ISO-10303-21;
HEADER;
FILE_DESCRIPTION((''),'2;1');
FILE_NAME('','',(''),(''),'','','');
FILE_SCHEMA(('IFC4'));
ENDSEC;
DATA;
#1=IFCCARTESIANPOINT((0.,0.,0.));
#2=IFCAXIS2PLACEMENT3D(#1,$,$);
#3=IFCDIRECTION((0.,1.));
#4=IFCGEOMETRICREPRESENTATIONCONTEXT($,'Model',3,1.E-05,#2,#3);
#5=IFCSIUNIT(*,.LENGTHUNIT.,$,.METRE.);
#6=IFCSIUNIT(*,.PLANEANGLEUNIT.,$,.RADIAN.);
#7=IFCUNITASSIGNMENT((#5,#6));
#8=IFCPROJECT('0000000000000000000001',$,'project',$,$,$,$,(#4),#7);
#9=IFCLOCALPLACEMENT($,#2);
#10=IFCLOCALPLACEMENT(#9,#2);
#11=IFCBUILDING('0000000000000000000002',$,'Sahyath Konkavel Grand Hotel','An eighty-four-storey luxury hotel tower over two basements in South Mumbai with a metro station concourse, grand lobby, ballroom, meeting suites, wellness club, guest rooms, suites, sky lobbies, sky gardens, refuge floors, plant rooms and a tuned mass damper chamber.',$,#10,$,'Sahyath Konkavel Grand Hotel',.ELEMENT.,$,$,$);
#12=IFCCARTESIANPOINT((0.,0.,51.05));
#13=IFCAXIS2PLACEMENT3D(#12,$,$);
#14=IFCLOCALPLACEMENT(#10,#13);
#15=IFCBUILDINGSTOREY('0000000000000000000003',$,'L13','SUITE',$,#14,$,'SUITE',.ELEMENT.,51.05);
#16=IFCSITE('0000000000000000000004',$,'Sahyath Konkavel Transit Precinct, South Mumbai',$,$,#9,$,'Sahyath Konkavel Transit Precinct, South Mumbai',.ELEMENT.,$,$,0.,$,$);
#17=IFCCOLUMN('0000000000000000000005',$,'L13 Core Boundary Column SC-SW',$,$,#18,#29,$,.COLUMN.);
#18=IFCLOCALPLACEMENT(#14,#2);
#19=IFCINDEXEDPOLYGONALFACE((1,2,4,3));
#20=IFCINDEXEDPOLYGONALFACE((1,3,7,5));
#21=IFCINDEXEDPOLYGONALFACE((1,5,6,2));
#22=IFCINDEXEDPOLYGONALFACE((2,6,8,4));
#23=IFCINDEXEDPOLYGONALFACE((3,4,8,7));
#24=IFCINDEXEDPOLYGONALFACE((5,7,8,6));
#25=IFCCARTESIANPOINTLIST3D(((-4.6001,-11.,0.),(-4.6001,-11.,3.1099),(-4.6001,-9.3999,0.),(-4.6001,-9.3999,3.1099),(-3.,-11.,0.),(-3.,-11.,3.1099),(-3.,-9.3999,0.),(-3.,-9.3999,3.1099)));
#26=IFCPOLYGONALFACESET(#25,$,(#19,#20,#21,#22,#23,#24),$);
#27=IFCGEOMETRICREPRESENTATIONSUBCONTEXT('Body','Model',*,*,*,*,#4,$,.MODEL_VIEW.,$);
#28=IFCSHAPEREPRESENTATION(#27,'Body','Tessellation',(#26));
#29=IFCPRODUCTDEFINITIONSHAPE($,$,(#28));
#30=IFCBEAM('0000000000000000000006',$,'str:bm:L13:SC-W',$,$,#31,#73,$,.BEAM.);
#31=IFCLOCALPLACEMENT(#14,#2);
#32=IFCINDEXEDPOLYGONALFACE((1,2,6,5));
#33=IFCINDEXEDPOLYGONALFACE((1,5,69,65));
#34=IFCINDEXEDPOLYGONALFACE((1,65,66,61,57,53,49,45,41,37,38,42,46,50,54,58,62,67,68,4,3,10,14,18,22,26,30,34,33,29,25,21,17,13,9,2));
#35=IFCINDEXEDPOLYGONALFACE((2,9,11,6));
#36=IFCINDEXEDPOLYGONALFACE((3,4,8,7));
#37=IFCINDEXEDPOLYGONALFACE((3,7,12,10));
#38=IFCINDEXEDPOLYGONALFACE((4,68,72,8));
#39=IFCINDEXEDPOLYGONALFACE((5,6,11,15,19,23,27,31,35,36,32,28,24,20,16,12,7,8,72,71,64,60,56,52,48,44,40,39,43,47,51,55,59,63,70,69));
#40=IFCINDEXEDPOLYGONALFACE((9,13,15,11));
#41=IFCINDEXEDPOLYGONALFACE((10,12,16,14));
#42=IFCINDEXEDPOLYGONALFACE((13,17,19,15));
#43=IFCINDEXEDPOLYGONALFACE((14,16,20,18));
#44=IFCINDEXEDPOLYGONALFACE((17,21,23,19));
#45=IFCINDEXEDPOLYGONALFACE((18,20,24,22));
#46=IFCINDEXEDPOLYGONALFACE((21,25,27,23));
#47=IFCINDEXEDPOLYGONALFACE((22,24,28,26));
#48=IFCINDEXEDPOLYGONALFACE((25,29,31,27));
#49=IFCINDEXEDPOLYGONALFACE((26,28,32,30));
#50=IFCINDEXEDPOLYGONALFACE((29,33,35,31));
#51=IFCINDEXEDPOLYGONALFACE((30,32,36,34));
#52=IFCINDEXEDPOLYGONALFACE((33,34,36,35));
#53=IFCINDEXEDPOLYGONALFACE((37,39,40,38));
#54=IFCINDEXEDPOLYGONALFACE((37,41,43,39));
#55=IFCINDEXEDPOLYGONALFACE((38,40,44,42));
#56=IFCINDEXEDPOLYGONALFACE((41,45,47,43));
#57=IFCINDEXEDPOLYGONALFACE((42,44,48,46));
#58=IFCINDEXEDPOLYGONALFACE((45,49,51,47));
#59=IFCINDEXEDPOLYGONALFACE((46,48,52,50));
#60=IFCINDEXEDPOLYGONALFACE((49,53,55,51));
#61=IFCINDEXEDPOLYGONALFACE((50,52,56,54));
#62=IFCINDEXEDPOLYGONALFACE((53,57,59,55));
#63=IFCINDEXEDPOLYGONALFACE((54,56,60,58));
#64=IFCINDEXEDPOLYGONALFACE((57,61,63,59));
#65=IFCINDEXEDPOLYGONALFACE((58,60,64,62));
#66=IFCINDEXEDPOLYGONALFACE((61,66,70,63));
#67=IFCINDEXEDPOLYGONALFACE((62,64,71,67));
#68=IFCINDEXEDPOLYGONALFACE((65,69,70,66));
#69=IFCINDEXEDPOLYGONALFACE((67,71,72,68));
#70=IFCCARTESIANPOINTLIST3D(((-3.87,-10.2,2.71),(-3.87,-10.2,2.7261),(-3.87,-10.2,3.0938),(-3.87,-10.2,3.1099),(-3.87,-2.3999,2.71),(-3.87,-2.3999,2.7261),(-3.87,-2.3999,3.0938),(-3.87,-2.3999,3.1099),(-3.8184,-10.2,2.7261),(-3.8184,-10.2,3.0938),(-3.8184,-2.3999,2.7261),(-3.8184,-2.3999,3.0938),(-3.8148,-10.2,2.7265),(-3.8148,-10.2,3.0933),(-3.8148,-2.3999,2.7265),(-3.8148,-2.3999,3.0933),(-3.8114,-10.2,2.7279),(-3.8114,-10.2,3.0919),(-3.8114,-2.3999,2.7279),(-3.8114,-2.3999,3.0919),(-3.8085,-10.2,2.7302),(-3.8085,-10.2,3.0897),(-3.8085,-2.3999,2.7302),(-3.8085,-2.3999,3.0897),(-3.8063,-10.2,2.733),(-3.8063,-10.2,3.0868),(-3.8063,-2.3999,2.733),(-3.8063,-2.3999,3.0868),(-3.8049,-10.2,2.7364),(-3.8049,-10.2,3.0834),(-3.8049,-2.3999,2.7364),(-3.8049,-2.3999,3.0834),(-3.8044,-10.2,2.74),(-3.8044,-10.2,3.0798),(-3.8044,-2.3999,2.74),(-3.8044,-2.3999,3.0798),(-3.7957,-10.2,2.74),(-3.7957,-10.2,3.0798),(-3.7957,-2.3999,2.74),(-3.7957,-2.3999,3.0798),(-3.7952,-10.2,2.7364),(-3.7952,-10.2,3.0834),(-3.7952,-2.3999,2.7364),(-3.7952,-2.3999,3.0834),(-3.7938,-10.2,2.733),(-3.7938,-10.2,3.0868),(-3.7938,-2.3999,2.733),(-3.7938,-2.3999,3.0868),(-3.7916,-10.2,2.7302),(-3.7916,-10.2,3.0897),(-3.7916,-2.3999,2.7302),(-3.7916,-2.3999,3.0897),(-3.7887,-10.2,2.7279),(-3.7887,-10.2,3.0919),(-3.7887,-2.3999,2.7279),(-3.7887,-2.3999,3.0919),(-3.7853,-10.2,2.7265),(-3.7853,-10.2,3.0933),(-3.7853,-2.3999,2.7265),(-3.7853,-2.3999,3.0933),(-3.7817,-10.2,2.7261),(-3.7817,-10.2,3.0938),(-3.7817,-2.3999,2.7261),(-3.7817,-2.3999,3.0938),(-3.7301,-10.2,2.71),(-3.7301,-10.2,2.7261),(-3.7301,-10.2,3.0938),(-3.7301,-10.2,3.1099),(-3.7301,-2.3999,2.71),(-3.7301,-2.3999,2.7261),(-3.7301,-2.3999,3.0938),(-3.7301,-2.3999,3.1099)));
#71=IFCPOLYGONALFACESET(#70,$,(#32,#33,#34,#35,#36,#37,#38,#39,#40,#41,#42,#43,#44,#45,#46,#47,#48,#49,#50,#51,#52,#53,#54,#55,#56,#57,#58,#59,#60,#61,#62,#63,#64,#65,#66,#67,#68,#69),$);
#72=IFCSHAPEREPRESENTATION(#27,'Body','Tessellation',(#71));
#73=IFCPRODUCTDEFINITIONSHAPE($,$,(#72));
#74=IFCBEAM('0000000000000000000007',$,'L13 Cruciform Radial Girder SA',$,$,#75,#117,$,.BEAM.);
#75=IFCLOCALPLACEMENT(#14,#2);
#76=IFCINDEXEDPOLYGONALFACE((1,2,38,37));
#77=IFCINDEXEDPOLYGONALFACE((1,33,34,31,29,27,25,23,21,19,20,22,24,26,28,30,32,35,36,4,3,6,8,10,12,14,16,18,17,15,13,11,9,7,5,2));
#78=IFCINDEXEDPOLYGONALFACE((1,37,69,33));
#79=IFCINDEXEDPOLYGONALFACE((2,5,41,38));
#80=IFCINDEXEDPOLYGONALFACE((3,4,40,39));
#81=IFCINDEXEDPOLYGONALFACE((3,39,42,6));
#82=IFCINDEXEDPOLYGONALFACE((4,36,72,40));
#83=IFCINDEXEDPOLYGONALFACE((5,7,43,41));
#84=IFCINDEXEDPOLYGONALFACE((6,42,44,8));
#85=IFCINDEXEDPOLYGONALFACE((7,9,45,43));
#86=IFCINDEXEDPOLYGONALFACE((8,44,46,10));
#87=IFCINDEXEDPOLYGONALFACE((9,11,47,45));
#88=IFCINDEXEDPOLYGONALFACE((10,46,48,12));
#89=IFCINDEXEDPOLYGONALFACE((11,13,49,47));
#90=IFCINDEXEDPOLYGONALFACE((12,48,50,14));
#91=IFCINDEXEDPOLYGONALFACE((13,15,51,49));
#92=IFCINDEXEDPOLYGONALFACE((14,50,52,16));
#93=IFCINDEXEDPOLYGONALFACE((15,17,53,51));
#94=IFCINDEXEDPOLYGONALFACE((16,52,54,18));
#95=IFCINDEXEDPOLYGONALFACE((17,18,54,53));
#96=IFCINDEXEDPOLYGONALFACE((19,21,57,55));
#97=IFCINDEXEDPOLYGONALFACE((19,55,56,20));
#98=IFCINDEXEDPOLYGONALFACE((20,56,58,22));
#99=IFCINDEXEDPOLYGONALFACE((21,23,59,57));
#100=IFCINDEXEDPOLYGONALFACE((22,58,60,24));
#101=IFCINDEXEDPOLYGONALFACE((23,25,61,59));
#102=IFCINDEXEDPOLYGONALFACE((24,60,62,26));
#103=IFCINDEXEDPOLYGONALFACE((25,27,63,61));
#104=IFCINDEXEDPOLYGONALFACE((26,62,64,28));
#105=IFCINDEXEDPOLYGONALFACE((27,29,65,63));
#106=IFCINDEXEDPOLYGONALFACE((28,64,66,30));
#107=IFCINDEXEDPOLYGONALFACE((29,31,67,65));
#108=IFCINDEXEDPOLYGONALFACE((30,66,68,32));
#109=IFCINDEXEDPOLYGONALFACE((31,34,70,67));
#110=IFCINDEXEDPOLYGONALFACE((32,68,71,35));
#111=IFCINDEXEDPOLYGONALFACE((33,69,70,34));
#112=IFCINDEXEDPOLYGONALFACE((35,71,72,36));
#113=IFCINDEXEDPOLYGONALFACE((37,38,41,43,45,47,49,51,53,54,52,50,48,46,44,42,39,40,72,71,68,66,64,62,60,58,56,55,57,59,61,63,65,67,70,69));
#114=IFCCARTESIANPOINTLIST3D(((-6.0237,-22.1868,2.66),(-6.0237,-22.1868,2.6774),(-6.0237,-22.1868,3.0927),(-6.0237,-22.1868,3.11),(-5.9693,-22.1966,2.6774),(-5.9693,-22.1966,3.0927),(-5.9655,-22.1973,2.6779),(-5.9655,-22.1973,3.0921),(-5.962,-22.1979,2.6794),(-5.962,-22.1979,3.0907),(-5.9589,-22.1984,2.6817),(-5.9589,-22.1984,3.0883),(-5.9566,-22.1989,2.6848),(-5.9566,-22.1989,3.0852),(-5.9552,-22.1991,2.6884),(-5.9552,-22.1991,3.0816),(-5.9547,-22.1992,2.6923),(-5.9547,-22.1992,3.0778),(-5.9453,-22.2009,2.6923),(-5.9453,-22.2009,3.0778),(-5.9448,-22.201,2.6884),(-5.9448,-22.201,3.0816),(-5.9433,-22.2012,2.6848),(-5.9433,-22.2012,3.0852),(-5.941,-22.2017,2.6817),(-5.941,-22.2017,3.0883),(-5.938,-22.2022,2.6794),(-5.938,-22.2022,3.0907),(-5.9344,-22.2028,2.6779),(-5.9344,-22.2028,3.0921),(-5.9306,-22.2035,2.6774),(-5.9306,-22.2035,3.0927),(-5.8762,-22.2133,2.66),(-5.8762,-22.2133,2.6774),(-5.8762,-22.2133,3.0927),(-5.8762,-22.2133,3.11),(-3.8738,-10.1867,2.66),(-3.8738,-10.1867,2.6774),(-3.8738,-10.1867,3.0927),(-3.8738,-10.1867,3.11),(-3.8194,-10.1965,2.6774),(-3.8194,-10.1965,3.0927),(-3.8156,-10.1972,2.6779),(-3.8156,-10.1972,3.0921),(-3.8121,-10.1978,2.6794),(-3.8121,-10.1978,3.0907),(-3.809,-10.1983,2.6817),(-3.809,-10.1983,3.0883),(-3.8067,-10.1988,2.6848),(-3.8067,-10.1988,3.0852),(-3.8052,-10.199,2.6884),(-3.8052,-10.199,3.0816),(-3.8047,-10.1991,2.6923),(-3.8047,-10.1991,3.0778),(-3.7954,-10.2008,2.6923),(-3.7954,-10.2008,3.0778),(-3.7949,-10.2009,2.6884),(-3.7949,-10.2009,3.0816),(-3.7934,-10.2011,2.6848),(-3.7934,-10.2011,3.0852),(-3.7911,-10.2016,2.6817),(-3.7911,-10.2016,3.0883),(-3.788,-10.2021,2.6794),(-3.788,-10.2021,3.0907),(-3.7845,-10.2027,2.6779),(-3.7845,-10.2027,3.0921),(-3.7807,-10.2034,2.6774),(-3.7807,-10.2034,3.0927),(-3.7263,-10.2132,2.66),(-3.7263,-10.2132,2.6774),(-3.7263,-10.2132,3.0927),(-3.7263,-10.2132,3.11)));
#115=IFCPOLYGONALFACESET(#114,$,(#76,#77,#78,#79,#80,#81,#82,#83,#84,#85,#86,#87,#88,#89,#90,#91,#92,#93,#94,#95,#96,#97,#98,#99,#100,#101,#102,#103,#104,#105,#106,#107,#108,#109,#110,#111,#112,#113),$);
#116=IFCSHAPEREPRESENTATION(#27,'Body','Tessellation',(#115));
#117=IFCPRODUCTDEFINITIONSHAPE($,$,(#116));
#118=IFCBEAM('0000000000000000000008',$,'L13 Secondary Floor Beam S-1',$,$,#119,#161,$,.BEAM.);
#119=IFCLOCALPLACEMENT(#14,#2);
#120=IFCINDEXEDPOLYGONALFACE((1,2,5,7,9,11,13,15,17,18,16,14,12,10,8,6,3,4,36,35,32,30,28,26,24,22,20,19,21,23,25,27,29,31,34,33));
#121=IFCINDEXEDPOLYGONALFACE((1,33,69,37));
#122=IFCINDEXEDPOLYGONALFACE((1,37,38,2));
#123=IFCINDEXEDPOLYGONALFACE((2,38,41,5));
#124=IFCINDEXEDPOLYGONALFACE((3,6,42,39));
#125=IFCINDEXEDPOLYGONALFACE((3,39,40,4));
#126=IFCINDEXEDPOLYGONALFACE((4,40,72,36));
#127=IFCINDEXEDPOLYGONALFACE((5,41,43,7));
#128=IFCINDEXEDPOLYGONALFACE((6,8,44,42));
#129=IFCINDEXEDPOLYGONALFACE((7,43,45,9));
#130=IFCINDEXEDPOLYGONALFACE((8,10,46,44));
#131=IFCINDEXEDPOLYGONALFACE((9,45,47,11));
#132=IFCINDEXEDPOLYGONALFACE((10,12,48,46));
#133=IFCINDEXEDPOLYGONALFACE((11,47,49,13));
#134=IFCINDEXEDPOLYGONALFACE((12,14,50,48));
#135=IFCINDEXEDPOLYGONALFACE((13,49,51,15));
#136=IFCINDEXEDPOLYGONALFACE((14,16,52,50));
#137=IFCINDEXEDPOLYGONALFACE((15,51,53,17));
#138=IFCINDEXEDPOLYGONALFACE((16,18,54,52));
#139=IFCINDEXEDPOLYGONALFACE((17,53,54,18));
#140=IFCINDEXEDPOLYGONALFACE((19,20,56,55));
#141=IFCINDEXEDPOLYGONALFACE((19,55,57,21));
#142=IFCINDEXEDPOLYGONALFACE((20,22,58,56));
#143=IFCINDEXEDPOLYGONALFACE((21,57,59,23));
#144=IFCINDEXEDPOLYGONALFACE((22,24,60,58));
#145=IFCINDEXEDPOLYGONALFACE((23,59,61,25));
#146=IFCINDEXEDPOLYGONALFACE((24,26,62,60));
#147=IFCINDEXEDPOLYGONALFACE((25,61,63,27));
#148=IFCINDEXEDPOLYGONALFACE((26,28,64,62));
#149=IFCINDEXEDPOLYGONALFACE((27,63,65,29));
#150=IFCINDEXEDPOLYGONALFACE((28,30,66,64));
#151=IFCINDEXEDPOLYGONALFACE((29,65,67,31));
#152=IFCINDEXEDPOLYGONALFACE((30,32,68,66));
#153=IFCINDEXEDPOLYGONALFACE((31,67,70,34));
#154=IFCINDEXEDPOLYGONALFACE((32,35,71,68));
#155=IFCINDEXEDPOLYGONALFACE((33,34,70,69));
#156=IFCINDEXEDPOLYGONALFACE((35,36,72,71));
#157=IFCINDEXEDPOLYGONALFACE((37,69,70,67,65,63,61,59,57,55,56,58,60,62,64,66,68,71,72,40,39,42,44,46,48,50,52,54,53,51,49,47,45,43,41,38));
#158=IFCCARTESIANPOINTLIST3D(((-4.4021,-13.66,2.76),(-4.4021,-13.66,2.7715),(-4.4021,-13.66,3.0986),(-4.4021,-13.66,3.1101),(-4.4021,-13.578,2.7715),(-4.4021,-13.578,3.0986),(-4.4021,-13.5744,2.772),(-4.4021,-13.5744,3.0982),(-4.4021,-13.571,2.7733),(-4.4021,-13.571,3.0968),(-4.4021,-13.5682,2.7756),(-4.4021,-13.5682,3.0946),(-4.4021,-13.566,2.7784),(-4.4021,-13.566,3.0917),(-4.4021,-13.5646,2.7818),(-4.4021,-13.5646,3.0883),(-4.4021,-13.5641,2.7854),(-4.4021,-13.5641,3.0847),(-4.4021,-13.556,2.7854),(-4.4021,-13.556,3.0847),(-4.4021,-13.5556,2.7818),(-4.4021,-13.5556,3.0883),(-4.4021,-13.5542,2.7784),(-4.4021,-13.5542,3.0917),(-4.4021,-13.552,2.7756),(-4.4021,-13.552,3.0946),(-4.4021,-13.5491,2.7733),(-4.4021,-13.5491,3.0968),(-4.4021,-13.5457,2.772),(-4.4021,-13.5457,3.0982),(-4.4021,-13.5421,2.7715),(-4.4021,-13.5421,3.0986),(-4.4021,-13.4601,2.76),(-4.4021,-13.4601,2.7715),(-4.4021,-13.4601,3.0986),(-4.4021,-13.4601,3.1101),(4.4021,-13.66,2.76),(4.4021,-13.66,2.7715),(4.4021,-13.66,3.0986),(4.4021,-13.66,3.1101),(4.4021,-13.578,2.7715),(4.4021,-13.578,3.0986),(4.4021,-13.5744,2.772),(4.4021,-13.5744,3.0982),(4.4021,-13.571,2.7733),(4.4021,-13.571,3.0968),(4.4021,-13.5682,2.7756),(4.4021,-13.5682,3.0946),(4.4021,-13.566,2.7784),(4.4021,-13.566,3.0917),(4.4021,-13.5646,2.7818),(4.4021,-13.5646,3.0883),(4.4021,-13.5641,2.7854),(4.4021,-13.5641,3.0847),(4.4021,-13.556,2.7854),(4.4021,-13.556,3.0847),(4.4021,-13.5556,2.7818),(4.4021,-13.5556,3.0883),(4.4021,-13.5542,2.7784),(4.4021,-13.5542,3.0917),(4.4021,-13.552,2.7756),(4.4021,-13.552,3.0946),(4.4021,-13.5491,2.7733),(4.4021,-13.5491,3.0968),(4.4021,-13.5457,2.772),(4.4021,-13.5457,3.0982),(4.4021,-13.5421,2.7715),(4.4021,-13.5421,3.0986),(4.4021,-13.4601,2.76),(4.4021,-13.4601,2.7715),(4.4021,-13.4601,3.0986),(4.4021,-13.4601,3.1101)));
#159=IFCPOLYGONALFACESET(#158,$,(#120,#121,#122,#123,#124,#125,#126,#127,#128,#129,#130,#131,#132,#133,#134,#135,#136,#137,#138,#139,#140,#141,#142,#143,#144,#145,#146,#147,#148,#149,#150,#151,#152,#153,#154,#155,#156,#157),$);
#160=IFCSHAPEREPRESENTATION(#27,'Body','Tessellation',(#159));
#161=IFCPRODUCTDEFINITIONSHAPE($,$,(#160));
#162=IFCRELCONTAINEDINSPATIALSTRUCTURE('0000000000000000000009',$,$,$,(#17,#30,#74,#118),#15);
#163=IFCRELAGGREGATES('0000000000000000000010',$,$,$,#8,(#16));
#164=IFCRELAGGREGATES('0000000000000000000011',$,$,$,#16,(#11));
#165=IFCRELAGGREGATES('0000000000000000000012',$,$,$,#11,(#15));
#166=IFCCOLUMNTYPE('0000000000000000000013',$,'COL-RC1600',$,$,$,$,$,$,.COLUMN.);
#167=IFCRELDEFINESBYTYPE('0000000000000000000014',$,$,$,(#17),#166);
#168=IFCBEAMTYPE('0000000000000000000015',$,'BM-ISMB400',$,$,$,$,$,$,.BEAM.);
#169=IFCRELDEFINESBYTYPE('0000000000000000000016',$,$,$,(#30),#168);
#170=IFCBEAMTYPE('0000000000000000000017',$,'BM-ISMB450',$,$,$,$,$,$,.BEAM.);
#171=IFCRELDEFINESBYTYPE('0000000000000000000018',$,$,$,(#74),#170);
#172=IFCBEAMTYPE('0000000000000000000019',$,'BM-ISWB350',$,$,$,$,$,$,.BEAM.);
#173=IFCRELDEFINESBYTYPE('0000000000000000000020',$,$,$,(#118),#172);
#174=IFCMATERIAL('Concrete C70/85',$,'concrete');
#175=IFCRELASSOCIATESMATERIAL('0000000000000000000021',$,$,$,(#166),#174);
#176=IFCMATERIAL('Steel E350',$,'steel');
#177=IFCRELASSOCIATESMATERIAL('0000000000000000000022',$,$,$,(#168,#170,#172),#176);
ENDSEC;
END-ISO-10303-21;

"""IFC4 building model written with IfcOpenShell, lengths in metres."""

from ifc_helpers import new_model, si_unit, direction, frame, origin, origin_2d, place, context, subcontext, project, spatial, rectangle, i_section, extrude, source, transform, mapped, material, material_profile, profile_set, type_object, element, save


model = new_model("IFC4")

# Units and contexts
model_context = context("Model", 3, precision=1e-05, world=origin(), true_north=direction((0.0, 1.0)))
body_context = subcontext(model_context, "Body", "Model", "MODEL_VIEW")
ifc_project = project(units=[si_unit("LENGTHUNIT", "METRE"), si_unit("PLANEANGLEUNIT", "RADIAN")], contexts=[model_context])

# Site, building, storey
site_placement = place(None, origin())
site = spatial("IfcSite", under=ifc_project, at=site_placement, Name="Sahyath Konkavel Transit Precinct, South Mumbai", LongName="Sahyath Konkavel Transit Precinct, South Mumbai", CompositionType="ELEMENT", RefElevation=0.0)
building_placement = place(site_placement, origin())
building = spatial("IfcBuilding", under=site, at=building_placement, Name="Sahyath Konkavel Grand Hotel", Description="An eighty-four-storey luxury hotel tower over two basements in South Mumbai with a metro station concourse, grand lobby, ballroom, meeting suites, wellness club, guest rooms, suites, sky lobbies, sky gardens, refuge floors, plant rooms and a tuned mass damper chamber.", LongName="Sahyath Konkavel Grand Hotel", CompositionType="ELEMENT")
storey_placement = place(building_placement, frame((0.0, 0.0, 51.05)))
storey = spatial("IfcBuildingStorey", under=building, at=storey_placement, Name="L13", Description="SUITE", LongName="SUITE", CompositionType="ELEMENT", Elevation=51.05)

# Column
ifc_material_1 = material(Name="Concrete C70/85", Category="concrete")
ifc_material_profile_1 = material_profile(ifc_material_1, rectangle(XDim=1.6001, YDim=1.6001, at=origin_2d()), Name="RC 1600x1600")
ifc_profile_set_1 = profile_set([ifc_material_profile_1], Name="Concrete C70/85")
column_type = type_object("IfcColumnType", Name="COL-RC1600", PredefinedType="COLUMN", material=ifc_profile_set_1)
shared_shape_1 = source(origin(), body_context, "Body", "SweptSolid", [
    extrude(rectangle(XDim=1.6001, YDim=1.6001, at=origin_2d()), origin(), (0.0, 0.0, 1.0), 3.1099),
])
column_placement = place(storey_placement, frame((-3.8, -10.2, 0.0), z_axis=(0.0, 0.0, 1.0), x_axis=(1.0, 0.0, 0.0)))
element("IfcColumn", 1, at=column_placement, inside=storey, type_object=column_type, Name="L13 Core Boundary Column SC-SW", PredefinedType="COLUMN", context=body_context, shape_type="MappedRepresentation", body=[
    mapped(shared_shape_1, transform((0.0, 0.0, 0.0), scale=1.0)),
])

# Beams
ifc_material_2 = material(Name="Steel E350", Category="steel")
ifc_material_profile_2 = material_profile(ifc_material_2, i_section(OverallWidth=0.1399, OverallDepth=0.3999, WebThickness=0.0088, FlangeThickness=0.0161, FilletRadius=0.0139, at=origin_2d()), Name="ISMB 400")
ifc_profile_set_2 = profile_set([ifc_material_profile_2], Name="Steel E350")
beam_type_1 = type_object("IfcBeamType", Name="BM-ISMB400", PredefinedType="BEAM", material=ifc_profile_set_2)
shared_shape_2 = source(origin(), body_context, "Body", "SweptSolid", [
    extrude(i_section(OverallWidth=0.1399, OverallDepth=0.3999, WebThickness=0.0088, FlangeThickness=0.0161, FilletRadius=0.0139, at=origin_2d()), origin(), (0.0, 0.0, 1.0), 7.8),
])
beam_1_placement = place(storey_placement, frame((-3.8, -10.2, 2.9099), z_axis=(0.0, 1.0, 0.0), x_axis=(-1.0, 0.0, 0.0)))
element("IfcBeam", 2, at=beam_1_placement, inside=storey, type_object=beam_type_1, Name="str:bm:L13:SC-W", PredefinedType="BEAM", context=body_context, shape_type="MappedRepresentation", body=[
    mapped(shared_shape_2, transform((0.0, 0.0, 0.0), scale=1.0)),
])
ifc_material_profile_3 = material_profile(ifc_material_2, i_section(OverallWidth=0.1499, OverallDepth=0.45, WebThickness=0.0095, FlangeThickness=0.0173, FilletRadius=0.0149, at=origin_2d()), Name="ISMB 450")
ifc_profile_set_3 = profile_set([ifc_material_profile_3], Name="Steel E350")
beam_type_2 = type_object("IfcBeamType", Name="BM-ISMB450", PredefinedType="BEAM", material=ifc_profile_set_3)
shared_shape_3 = source(origin(), body_context, "Body", "SweptSolid", [
    extrude(i_section(OverallWidth=0.1499, OverallDepth=0.45, WebThickness=0.0095, FlangeThickness=0.0173, FilletRadius=0.0149, at=origin_2d()), origin(), (0.0, 0.0, 1.0), 12.1912),
])
beam_2_placement = place(storey_placement, frame((-3.8, -10.2, 2.885), z_axis=(-0.176351, -0.984327, 0.0), x_axis=(0.984327, -0.176351, 0.0)))
element("IfcBeam", 3, at=beam_2_placement, inside=storey, type_object=beam_type_2, Name="L13 Cruciform Radial Girder SA", PredefinedType="BEAM", context=body_context, shape_type="MappedRepresentation", body=[
    mapped(shared_shape_3, transform((0.0, 0.0, 0.0), scale=1.0)),
])
ifc_material_profile_4 = material_profile(ifc_material_2, i_section(OverallWidth=0.2, OverallDepth=0.3501, WebThickness=0.0081, FlangeThickness=0.0115, FilletRadius=0.0139, at=origin_2d()), Name="ISWB 350")
ifc_profile_set_4 = profile_set([ifc_material_profile_4], Name="Steel E350")
beam_type_3 = type_object("IfcBeamType", Name="BM-ISWB350", PredefinedType="BEAM", material=ifc_profile_set_4)
shared_shape_4 = source(origin(), body_context, "Body", "SweptSolid", [
    extrude(i_section(OverallWidth=0.2, OverallDepth=0.3501, WebThickness=0.0081, FlangeThickness=0.0115, FilletRadius=0.0139, at=origin_2d()), origin(), (0.0, 0.0, 1.0), 8.8042),
])
beam_3_placement = place(storey_placement, frame((-4.4021, -13.5601, 2.9351), z_axis=(1.0, 0.0, 0.0), x_axis=(0.0, 1.0, 0.0)))
element("IfcBeam", 4, at=beam_3_placement, inside=storey, type_object=beam_type_3, Name="L13 Secondary Floor Beam S-1", PredefinedType="BEAM", context=body_context, shape_type="MappedRepresentation", body=[
    mapped(shared_shape_4, transform((0.0, 0.0, 0.0), scale=1.0)),
])

save(model, "model.ifc")
